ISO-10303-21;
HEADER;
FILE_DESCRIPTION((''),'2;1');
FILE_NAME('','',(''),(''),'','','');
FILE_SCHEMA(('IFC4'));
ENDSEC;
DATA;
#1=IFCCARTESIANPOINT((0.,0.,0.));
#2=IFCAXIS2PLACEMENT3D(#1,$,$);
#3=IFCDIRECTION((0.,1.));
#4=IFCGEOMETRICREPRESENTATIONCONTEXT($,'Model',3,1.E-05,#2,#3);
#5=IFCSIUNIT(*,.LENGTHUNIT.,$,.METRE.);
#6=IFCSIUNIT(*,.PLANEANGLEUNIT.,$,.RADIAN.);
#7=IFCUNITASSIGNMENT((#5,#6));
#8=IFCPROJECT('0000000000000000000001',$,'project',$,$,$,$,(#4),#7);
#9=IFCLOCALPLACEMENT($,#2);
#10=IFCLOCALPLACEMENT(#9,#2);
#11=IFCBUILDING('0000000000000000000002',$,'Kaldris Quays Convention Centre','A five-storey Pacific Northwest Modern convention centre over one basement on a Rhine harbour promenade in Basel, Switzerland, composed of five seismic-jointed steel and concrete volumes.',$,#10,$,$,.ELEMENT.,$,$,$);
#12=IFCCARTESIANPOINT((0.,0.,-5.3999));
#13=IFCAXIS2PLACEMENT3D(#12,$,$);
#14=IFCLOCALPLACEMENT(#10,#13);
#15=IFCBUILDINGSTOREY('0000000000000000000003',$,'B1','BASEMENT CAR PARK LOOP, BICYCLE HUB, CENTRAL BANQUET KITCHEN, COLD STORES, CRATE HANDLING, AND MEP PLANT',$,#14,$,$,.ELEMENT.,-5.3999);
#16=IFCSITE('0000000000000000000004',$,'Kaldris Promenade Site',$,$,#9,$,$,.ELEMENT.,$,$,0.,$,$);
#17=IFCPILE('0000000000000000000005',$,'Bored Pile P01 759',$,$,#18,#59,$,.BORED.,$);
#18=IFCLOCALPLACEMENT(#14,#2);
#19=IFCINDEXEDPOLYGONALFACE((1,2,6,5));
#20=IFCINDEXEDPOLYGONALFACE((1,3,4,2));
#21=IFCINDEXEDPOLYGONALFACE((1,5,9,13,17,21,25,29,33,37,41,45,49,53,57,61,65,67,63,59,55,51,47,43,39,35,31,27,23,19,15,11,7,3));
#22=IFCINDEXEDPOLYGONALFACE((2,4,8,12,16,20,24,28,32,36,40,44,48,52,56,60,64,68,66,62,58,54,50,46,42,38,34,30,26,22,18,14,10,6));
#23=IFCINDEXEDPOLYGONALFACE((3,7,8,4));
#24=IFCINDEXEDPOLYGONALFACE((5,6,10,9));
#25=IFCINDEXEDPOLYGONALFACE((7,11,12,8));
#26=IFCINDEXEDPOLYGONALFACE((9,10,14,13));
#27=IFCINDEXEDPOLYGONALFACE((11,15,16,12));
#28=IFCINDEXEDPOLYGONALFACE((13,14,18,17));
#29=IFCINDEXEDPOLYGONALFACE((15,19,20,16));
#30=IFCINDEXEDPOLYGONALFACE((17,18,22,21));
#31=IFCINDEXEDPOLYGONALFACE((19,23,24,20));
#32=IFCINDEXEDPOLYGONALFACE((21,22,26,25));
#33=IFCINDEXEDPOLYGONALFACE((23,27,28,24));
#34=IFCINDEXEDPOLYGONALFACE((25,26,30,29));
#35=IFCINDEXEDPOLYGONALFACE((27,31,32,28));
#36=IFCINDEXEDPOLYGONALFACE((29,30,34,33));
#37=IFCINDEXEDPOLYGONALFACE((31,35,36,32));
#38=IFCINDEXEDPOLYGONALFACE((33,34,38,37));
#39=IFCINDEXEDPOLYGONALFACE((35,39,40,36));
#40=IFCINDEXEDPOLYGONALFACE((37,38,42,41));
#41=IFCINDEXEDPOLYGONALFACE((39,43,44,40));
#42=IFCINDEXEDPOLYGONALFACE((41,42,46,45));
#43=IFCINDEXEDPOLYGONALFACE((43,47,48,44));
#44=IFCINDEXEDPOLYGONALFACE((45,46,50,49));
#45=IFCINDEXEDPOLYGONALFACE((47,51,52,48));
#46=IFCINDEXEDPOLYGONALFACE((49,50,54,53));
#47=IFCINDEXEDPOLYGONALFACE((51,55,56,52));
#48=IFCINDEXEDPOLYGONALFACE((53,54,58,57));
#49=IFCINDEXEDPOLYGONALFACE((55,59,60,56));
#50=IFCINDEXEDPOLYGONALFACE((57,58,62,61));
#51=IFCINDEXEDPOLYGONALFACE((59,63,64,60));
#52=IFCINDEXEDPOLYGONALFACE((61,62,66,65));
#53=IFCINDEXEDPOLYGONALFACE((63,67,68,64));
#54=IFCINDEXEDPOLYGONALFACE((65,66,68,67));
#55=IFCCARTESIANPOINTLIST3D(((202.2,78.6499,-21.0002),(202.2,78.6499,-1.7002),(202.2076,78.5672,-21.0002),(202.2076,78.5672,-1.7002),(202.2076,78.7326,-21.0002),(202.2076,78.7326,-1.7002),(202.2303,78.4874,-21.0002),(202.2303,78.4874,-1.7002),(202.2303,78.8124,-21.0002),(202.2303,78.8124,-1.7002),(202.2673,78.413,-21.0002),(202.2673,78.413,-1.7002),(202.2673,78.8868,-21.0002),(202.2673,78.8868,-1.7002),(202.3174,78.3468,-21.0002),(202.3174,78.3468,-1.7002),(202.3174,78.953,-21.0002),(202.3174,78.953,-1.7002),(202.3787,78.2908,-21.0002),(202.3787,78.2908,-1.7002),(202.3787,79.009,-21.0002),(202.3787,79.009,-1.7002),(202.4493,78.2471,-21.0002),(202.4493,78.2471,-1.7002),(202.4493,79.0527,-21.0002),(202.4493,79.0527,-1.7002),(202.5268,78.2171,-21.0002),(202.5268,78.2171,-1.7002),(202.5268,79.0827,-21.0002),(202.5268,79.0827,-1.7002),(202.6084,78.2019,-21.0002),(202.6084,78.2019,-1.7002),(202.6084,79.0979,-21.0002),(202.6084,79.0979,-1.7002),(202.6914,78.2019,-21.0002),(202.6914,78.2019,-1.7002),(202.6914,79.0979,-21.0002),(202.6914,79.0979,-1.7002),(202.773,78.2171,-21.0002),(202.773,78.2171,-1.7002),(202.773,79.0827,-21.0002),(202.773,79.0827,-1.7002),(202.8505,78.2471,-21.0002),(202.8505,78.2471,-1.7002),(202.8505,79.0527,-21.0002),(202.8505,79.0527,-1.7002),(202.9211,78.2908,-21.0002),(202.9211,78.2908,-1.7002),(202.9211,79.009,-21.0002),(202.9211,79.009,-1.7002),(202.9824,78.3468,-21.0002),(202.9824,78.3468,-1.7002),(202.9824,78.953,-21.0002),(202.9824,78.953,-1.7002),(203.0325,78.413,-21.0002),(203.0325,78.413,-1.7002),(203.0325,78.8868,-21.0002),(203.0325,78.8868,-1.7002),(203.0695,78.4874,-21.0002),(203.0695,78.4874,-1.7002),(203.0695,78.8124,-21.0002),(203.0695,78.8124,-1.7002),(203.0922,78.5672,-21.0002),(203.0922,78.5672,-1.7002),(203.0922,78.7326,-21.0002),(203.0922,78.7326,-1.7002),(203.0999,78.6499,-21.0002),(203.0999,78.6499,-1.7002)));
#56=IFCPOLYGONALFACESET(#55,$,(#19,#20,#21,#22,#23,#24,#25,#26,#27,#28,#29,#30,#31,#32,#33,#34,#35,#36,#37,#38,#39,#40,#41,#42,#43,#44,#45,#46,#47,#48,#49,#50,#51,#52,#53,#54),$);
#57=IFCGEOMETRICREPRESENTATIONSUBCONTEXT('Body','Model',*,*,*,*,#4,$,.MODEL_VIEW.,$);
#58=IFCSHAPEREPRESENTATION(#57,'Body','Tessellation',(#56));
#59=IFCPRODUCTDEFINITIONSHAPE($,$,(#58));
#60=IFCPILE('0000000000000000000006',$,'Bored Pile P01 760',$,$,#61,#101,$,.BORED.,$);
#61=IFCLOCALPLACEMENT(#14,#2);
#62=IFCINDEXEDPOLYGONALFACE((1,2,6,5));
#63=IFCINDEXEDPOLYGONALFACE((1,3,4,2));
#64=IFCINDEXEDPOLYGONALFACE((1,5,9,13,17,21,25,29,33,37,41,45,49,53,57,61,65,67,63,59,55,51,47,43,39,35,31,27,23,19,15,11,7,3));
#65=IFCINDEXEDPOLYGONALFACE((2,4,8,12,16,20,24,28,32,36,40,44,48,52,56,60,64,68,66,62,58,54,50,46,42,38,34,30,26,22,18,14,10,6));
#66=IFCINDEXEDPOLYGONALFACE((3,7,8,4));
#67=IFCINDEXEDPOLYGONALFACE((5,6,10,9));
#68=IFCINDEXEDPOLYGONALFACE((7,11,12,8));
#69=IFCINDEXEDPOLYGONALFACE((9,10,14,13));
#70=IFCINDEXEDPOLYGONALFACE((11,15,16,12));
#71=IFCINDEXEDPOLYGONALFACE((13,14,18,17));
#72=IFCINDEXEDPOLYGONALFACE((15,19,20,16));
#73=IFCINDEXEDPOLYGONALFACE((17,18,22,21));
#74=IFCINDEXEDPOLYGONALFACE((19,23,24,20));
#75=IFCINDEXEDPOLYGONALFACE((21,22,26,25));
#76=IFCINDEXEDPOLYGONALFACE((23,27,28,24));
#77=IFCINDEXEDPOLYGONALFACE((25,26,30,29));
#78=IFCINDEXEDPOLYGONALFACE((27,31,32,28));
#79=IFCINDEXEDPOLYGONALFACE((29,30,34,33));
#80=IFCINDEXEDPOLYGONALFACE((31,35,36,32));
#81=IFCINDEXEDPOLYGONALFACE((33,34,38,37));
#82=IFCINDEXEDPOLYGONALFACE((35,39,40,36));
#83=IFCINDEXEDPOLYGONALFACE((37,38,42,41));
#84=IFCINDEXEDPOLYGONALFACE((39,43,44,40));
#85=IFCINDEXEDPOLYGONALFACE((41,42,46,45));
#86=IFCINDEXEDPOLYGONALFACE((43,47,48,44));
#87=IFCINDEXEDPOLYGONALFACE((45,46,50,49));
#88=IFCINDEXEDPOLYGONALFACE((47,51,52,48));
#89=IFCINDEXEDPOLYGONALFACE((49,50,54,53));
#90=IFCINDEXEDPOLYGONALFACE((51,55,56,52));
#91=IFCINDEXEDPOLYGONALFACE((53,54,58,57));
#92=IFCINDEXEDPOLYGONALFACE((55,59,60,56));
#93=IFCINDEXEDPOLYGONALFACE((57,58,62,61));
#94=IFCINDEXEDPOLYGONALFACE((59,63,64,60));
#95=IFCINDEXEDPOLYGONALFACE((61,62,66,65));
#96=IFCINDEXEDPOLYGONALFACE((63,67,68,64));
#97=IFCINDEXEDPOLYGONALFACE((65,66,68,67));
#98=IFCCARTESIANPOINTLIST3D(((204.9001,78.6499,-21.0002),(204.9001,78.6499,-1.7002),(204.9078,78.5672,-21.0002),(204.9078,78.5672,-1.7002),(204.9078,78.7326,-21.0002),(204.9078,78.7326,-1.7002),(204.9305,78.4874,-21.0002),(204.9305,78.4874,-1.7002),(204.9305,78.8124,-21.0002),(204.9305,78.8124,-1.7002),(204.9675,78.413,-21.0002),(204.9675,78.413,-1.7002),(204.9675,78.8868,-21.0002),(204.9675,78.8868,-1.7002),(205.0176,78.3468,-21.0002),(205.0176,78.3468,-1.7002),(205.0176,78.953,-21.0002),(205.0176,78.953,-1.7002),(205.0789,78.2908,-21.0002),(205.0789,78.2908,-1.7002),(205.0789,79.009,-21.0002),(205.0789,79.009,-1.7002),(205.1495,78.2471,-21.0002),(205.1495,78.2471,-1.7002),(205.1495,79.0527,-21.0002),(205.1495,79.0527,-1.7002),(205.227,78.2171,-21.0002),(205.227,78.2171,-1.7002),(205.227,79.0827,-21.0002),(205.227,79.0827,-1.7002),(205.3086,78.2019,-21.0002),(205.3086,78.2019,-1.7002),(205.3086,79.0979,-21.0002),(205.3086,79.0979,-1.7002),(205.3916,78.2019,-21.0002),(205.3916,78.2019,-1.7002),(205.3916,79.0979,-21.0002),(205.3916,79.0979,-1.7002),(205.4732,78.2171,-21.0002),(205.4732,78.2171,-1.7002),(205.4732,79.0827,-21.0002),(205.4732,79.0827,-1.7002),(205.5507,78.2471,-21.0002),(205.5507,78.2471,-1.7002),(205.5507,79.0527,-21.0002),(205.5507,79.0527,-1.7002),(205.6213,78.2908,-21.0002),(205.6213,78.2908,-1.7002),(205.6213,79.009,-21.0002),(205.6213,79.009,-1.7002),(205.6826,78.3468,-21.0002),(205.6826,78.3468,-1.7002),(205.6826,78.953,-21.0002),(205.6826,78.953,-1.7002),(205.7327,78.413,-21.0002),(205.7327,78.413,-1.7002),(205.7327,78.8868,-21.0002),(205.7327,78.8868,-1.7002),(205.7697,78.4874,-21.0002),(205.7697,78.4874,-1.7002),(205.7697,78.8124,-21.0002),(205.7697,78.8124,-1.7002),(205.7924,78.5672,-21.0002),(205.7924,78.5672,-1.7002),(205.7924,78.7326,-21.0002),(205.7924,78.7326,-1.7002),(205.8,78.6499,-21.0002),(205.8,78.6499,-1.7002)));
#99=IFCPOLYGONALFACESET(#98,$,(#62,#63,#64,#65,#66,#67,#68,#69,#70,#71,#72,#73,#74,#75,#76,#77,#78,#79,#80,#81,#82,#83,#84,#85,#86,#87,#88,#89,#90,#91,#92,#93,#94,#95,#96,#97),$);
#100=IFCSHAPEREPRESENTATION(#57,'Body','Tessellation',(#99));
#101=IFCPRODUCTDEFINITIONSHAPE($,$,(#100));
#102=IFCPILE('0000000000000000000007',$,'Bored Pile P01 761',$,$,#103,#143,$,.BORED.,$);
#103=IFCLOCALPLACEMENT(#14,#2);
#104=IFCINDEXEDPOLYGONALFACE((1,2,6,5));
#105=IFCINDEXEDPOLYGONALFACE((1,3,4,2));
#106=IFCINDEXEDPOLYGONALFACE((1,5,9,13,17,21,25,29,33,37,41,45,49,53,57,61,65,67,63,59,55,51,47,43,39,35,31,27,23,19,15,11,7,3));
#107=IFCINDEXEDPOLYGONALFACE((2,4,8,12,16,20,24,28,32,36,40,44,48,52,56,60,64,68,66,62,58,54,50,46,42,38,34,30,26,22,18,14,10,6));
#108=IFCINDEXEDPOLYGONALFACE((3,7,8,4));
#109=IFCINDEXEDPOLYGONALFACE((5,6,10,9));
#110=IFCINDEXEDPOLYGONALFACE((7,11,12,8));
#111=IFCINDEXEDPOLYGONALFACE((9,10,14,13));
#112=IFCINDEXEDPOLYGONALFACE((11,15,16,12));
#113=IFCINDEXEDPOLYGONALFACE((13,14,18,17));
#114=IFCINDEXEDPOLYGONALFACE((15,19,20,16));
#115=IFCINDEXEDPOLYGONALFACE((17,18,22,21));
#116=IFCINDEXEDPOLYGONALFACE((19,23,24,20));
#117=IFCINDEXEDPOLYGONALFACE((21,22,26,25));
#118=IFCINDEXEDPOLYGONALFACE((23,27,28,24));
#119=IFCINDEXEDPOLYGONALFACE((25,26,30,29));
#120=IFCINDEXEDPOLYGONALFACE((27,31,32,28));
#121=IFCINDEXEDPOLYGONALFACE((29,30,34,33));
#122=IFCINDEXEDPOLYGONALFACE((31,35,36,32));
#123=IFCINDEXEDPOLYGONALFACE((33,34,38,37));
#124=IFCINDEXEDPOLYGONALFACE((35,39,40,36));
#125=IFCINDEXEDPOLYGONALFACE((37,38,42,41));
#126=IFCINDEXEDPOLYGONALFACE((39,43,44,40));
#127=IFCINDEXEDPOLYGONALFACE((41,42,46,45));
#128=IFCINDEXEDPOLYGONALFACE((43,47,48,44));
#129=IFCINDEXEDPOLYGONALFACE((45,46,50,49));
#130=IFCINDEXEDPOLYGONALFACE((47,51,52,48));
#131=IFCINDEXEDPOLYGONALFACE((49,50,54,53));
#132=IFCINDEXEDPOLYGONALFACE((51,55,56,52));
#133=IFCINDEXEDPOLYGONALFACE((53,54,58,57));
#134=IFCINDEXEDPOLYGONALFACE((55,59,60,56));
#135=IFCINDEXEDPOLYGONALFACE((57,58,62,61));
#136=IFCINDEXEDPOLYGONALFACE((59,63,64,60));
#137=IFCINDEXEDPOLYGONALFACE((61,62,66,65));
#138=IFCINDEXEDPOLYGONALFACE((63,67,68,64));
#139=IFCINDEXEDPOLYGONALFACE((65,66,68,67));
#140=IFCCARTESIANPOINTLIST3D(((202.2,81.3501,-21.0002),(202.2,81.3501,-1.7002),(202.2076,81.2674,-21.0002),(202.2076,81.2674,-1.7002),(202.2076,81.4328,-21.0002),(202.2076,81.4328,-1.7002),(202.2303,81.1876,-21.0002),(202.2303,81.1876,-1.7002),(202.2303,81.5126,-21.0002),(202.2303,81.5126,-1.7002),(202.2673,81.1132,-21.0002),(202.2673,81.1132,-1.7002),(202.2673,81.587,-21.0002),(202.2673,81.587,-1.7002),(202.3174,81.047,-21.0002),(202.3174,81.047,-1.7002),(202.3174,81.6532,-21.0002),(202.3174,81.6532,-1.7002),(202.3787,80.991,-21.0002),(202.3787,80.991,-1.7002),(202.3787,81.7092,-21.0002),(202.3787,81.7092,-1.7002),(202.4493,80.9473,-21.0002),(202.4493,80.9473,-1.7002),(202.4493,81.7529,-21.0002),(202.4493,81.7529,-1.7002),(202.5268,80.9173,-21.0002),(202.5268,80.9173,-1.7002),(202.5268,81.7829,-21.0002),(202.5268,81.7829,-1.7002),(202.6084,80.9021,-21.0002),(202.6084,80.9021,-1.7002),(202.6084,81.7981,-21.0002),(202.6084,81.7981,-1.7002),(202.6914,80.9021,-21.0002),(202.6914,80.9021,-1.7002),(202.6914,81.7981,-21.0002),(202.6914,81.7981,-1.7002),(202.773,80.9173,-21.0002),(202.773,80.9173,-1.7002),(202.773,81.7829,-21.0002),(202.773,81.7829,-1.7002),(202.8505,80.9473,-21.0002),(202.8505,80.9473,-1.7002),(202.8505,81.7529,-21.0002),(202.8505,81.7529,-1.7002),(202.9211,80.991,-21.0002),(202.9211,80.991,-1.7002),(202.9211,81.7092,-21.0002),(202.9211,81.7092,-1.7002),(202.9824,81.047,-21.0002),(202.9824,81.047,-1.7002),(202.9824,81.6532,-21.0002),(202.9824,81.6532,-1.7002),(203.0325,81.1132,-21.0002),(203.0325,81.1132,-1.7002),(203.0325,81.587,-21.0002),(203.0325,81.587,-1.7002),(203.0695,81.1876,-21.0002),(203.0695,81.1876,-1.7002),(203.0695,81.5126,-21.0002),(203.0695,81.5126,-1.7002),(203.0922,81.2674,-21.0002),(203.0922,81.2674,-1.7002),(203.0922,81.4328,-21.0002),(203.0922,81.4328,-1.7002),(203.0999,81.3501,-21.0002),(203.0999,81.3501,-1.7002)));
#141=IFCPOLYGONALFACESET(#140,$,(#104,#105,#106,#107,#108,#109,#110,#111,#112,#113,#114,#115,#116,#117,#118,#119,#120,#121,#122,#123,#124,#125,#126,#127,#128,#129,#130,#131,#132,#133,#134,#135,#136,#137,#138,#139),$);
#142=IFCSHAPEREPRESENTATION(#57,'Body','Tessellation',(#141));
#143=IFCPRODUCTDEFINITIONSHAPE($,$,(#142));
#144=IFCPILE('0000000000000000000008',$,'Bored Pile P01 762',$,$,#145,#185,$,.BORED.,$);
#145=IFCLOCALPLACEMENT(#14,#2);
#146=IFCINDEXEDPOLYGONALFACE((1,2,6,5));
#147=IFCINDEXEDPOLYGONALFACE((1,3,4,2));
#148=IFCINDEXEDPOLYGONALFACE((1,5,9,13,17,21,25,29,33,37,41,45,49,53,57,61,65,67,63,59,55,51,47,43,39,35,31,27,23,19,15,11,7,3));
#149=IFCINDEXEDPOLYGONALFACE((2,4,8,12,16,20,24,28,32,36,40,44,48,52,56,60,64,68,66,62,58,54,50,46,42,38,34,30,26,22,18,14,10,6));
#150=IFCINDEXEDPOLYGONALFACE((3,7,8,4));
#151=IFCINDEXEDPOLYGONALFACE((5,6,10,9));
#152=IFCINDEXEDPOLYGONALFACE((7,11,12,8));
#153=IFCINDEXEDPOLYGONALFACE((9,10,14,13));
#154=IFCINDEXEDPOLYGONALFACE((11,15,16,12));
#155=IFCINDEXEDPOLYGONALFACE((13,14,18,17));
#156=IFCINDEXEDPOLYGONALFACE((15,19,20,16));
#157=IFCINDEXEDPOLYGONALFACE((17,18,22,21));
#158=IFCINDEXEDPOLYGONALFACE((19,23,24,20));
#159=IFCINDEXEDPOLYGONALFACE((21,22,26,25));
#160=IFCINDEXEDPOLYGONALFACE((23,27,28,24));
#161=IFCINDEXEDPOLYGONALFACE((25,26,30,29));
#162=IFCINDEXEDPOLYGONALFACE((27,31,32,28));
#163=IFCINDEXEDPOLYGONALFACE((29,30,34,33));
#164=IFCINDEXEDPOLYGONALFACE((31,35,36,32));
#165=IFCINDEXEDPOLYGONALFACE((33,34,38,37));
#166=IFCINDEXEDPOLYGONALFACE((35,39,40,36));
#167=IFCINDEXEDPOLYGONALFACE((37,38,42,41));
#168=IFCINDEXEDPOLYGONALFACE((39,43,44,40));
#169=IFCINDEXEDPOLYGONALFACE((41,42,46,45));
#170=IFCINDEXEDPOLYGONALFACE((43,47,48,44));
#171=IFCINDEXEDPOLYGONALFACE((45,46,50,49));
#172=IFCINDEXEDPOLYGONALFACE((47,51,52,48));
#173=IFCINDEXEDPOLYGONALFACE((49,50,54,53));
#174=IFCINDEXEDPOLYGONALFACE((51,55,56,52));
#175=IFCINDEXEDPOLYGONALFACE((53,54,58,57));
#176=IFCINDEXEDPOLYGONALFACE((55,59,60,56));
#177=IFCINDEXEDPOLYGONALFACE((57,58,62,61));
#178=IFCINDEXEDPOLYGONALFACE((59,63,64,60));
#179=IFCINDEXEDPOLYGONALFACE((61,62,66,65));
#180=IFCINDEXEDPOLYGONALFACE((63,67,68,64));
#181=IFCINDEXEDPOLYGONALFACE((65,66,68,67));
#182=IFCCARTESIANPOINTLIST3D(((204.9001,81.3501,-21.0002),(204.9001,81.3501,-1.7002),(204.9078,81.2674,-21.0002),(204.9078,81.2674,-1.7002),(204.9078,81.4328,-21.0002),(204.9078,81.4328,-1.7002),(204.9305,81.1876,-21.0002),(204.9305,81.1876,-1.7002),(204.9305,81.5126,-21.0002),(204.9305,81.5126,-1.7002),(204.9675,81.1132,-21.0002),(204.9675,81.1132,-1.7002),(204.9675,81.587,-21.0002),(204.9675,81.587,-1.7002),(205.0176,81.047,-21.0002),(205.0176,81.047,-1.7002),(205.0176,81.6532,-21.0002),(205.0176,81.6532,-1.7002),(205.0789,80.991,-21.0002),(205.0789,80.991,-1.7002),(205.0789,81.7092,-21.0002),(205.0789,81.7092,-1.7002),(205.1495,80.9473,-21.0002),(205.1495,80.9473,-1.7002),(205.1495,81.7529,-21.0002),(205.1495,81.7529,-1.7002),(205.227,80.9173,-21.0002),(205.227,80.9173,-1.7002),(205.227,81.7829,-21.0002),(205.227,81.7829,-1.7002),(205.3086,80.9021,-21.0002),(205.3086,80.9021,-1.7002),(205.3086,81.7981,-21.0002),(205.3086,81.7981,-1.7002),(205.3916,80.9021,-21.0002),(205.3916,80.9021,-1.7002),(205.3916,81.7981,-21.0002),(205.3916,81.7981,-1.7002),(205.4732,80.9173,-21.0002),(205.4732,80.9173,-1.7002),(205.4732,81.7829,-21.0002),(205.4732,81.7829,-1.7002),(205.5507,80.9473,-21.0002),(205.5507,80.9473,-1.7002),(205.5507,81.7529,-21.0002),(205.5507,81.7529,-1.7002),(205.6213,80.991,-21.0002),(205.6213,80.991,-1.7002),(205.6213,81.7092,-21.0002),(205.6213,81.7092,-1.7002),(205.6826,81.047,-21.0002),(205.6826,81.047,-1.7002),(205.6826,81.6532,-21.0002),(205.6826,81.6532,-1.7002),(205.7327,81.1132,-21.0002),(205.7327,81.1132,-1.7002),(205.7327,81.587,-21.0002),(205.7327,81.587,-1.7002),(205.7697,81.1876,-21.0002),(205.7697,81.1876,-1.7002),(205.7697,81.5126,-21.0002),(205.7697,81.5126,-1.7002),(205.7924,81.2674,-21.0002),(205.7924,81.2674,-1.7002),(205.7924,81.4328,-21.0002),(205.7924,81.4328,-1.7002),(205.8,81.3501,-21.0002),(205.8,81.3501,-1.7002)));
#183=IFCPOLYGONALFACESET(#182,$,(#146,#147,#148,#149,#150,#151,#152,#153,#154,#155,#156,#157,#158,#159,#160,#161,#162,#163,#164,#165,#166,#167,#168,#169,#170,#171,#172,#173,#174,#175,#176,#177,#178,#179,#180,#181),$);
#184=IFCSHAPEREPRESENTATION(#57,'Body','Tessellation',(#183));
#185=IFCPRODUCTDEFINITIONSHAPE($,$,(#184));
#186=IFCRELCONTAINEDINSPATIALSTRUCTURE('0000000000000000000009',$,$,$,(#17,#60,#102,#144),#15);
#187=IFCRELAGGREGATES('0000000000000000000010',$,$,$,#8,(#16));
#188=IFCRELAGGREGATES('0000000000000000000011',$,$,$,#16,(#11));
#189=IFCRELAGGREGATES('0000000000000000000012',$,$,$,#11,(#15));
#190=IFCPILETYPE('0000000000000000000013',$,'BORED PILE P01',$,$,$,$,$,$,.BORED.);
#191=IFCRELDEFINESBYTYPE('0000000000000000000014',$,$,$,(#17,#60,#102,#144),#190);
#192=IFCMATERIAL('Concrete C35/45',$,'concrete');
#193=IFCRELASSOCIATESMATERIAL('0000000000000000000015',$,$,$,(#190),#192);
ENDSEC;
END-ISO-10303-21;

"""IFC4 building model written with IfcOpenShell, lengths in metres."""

from ifc_helpers import new_model, si_unit, direction, frame, origin, origin_2d, place, context, subcontext, project, spatial, circle, extrude, material, material_profile, profile_set, type_object, element, save


model = new_model("IFC4")

# Units and contexts
model_context = context("Model", 3, precision=1e-05, world=origin(), true_north=direction((0.0, 1.0)))
body_context = subcontext(model_context, "Body", "Model", "MODEL_VIEW")
ifc_project = project(units=[si_unit("LENGTHUNIT", "METRE"), si_unit("PLANEANGLEUNIT", "RADIAN")], contexts=[model_context])

# Site, building, storey
site_placement = place(None, origin())
site = spatial("IfcSite", under=ifc_project, at=site_placement, Name="Kaldris Promenade Site", CompositionType="ELEMENT", RefElevation=0.0)
building_placement = place(site_placement, origin())
building = spatial("IfcBuilding", under=site, at=building_placement, Name="Kaldris Quays Convention Centre", Description="A five-storey Pacific Northwest Modern convention centre over one basement on a Rhine harbour promenade in Basel, Switzerland, composed of five seismic-jointed steel and concrete volumes.", CompositionType="ELEMENT")
storey_placement = place(building_placement, frame((0.0, 0.0, -5.3999)))
storey = spatial("IfcBuildingStorey", under=building, at=storey_placement, Name="B1", Description="BASEMENT CAR PARK LOOP, BICYCLE HUB, CENTRAL BANQUET KITCHEN, COLD STORES, CRATE HANDLING, AND MEP PLANT", CompositionType="ELEMENT", Elevation=-5.3999)

# Piles
ifc_material_1 = material(Name="Concrete C35/45", Category="concrete")
ifc_material_profile_1 = material_profile(ifc_material_1, circle(Radius=0.45, at=origin_2d()), Name="BORED PILE D900")
ifc_profile_set_1 = profile_set([ifc_material_profile_1], Name="Concrete C35/45")
pile_type = type_object("IfcPileType", Name="BORED PILE P01", PredefinedType="BORED", material=ifc_profile_set_1)
for number, where, z_axis, x_axis, name in (
    (1, (202.6499, 78.6499, -1.7002), (0.0, 0.0, -1.0), (1.0, 0.0, 0.0), "Bored Pile P01 759"),
    (2, (205.3501, 78.6499, -1.7002), (0.0, 0.0, -1.0), (1.0, 0.0, 0.0), "Bored Pile P01 760"),
    (3, (202.6499, 81.3501, -1.7002), (0.0, 0.0, -1.0), (1.0, 0.0, 0.0), "Bored Pile P01 761"),
    (4, (205.3501, 81.3501, -1.7002), (0.0, 0.0, -1.0), (1.0, 0.0, 0.0), "Bored Pile P01 762"),
):
    element("IfcPile", number, at=place(storey_placement, frame(where, z_axis=z_axis, x_axis=x_axis)), inside=storey, type_object=pile_type, Name=name, PredefinedType="BORED", context=body_context, shape_type="SweptSolid", body=[
        extrude(circle(Radius=0.45, at=origin_2d()), origin(), (0.0, 0.0, 1.0), 19.3),
    ])

save(model, "model.ifc")
